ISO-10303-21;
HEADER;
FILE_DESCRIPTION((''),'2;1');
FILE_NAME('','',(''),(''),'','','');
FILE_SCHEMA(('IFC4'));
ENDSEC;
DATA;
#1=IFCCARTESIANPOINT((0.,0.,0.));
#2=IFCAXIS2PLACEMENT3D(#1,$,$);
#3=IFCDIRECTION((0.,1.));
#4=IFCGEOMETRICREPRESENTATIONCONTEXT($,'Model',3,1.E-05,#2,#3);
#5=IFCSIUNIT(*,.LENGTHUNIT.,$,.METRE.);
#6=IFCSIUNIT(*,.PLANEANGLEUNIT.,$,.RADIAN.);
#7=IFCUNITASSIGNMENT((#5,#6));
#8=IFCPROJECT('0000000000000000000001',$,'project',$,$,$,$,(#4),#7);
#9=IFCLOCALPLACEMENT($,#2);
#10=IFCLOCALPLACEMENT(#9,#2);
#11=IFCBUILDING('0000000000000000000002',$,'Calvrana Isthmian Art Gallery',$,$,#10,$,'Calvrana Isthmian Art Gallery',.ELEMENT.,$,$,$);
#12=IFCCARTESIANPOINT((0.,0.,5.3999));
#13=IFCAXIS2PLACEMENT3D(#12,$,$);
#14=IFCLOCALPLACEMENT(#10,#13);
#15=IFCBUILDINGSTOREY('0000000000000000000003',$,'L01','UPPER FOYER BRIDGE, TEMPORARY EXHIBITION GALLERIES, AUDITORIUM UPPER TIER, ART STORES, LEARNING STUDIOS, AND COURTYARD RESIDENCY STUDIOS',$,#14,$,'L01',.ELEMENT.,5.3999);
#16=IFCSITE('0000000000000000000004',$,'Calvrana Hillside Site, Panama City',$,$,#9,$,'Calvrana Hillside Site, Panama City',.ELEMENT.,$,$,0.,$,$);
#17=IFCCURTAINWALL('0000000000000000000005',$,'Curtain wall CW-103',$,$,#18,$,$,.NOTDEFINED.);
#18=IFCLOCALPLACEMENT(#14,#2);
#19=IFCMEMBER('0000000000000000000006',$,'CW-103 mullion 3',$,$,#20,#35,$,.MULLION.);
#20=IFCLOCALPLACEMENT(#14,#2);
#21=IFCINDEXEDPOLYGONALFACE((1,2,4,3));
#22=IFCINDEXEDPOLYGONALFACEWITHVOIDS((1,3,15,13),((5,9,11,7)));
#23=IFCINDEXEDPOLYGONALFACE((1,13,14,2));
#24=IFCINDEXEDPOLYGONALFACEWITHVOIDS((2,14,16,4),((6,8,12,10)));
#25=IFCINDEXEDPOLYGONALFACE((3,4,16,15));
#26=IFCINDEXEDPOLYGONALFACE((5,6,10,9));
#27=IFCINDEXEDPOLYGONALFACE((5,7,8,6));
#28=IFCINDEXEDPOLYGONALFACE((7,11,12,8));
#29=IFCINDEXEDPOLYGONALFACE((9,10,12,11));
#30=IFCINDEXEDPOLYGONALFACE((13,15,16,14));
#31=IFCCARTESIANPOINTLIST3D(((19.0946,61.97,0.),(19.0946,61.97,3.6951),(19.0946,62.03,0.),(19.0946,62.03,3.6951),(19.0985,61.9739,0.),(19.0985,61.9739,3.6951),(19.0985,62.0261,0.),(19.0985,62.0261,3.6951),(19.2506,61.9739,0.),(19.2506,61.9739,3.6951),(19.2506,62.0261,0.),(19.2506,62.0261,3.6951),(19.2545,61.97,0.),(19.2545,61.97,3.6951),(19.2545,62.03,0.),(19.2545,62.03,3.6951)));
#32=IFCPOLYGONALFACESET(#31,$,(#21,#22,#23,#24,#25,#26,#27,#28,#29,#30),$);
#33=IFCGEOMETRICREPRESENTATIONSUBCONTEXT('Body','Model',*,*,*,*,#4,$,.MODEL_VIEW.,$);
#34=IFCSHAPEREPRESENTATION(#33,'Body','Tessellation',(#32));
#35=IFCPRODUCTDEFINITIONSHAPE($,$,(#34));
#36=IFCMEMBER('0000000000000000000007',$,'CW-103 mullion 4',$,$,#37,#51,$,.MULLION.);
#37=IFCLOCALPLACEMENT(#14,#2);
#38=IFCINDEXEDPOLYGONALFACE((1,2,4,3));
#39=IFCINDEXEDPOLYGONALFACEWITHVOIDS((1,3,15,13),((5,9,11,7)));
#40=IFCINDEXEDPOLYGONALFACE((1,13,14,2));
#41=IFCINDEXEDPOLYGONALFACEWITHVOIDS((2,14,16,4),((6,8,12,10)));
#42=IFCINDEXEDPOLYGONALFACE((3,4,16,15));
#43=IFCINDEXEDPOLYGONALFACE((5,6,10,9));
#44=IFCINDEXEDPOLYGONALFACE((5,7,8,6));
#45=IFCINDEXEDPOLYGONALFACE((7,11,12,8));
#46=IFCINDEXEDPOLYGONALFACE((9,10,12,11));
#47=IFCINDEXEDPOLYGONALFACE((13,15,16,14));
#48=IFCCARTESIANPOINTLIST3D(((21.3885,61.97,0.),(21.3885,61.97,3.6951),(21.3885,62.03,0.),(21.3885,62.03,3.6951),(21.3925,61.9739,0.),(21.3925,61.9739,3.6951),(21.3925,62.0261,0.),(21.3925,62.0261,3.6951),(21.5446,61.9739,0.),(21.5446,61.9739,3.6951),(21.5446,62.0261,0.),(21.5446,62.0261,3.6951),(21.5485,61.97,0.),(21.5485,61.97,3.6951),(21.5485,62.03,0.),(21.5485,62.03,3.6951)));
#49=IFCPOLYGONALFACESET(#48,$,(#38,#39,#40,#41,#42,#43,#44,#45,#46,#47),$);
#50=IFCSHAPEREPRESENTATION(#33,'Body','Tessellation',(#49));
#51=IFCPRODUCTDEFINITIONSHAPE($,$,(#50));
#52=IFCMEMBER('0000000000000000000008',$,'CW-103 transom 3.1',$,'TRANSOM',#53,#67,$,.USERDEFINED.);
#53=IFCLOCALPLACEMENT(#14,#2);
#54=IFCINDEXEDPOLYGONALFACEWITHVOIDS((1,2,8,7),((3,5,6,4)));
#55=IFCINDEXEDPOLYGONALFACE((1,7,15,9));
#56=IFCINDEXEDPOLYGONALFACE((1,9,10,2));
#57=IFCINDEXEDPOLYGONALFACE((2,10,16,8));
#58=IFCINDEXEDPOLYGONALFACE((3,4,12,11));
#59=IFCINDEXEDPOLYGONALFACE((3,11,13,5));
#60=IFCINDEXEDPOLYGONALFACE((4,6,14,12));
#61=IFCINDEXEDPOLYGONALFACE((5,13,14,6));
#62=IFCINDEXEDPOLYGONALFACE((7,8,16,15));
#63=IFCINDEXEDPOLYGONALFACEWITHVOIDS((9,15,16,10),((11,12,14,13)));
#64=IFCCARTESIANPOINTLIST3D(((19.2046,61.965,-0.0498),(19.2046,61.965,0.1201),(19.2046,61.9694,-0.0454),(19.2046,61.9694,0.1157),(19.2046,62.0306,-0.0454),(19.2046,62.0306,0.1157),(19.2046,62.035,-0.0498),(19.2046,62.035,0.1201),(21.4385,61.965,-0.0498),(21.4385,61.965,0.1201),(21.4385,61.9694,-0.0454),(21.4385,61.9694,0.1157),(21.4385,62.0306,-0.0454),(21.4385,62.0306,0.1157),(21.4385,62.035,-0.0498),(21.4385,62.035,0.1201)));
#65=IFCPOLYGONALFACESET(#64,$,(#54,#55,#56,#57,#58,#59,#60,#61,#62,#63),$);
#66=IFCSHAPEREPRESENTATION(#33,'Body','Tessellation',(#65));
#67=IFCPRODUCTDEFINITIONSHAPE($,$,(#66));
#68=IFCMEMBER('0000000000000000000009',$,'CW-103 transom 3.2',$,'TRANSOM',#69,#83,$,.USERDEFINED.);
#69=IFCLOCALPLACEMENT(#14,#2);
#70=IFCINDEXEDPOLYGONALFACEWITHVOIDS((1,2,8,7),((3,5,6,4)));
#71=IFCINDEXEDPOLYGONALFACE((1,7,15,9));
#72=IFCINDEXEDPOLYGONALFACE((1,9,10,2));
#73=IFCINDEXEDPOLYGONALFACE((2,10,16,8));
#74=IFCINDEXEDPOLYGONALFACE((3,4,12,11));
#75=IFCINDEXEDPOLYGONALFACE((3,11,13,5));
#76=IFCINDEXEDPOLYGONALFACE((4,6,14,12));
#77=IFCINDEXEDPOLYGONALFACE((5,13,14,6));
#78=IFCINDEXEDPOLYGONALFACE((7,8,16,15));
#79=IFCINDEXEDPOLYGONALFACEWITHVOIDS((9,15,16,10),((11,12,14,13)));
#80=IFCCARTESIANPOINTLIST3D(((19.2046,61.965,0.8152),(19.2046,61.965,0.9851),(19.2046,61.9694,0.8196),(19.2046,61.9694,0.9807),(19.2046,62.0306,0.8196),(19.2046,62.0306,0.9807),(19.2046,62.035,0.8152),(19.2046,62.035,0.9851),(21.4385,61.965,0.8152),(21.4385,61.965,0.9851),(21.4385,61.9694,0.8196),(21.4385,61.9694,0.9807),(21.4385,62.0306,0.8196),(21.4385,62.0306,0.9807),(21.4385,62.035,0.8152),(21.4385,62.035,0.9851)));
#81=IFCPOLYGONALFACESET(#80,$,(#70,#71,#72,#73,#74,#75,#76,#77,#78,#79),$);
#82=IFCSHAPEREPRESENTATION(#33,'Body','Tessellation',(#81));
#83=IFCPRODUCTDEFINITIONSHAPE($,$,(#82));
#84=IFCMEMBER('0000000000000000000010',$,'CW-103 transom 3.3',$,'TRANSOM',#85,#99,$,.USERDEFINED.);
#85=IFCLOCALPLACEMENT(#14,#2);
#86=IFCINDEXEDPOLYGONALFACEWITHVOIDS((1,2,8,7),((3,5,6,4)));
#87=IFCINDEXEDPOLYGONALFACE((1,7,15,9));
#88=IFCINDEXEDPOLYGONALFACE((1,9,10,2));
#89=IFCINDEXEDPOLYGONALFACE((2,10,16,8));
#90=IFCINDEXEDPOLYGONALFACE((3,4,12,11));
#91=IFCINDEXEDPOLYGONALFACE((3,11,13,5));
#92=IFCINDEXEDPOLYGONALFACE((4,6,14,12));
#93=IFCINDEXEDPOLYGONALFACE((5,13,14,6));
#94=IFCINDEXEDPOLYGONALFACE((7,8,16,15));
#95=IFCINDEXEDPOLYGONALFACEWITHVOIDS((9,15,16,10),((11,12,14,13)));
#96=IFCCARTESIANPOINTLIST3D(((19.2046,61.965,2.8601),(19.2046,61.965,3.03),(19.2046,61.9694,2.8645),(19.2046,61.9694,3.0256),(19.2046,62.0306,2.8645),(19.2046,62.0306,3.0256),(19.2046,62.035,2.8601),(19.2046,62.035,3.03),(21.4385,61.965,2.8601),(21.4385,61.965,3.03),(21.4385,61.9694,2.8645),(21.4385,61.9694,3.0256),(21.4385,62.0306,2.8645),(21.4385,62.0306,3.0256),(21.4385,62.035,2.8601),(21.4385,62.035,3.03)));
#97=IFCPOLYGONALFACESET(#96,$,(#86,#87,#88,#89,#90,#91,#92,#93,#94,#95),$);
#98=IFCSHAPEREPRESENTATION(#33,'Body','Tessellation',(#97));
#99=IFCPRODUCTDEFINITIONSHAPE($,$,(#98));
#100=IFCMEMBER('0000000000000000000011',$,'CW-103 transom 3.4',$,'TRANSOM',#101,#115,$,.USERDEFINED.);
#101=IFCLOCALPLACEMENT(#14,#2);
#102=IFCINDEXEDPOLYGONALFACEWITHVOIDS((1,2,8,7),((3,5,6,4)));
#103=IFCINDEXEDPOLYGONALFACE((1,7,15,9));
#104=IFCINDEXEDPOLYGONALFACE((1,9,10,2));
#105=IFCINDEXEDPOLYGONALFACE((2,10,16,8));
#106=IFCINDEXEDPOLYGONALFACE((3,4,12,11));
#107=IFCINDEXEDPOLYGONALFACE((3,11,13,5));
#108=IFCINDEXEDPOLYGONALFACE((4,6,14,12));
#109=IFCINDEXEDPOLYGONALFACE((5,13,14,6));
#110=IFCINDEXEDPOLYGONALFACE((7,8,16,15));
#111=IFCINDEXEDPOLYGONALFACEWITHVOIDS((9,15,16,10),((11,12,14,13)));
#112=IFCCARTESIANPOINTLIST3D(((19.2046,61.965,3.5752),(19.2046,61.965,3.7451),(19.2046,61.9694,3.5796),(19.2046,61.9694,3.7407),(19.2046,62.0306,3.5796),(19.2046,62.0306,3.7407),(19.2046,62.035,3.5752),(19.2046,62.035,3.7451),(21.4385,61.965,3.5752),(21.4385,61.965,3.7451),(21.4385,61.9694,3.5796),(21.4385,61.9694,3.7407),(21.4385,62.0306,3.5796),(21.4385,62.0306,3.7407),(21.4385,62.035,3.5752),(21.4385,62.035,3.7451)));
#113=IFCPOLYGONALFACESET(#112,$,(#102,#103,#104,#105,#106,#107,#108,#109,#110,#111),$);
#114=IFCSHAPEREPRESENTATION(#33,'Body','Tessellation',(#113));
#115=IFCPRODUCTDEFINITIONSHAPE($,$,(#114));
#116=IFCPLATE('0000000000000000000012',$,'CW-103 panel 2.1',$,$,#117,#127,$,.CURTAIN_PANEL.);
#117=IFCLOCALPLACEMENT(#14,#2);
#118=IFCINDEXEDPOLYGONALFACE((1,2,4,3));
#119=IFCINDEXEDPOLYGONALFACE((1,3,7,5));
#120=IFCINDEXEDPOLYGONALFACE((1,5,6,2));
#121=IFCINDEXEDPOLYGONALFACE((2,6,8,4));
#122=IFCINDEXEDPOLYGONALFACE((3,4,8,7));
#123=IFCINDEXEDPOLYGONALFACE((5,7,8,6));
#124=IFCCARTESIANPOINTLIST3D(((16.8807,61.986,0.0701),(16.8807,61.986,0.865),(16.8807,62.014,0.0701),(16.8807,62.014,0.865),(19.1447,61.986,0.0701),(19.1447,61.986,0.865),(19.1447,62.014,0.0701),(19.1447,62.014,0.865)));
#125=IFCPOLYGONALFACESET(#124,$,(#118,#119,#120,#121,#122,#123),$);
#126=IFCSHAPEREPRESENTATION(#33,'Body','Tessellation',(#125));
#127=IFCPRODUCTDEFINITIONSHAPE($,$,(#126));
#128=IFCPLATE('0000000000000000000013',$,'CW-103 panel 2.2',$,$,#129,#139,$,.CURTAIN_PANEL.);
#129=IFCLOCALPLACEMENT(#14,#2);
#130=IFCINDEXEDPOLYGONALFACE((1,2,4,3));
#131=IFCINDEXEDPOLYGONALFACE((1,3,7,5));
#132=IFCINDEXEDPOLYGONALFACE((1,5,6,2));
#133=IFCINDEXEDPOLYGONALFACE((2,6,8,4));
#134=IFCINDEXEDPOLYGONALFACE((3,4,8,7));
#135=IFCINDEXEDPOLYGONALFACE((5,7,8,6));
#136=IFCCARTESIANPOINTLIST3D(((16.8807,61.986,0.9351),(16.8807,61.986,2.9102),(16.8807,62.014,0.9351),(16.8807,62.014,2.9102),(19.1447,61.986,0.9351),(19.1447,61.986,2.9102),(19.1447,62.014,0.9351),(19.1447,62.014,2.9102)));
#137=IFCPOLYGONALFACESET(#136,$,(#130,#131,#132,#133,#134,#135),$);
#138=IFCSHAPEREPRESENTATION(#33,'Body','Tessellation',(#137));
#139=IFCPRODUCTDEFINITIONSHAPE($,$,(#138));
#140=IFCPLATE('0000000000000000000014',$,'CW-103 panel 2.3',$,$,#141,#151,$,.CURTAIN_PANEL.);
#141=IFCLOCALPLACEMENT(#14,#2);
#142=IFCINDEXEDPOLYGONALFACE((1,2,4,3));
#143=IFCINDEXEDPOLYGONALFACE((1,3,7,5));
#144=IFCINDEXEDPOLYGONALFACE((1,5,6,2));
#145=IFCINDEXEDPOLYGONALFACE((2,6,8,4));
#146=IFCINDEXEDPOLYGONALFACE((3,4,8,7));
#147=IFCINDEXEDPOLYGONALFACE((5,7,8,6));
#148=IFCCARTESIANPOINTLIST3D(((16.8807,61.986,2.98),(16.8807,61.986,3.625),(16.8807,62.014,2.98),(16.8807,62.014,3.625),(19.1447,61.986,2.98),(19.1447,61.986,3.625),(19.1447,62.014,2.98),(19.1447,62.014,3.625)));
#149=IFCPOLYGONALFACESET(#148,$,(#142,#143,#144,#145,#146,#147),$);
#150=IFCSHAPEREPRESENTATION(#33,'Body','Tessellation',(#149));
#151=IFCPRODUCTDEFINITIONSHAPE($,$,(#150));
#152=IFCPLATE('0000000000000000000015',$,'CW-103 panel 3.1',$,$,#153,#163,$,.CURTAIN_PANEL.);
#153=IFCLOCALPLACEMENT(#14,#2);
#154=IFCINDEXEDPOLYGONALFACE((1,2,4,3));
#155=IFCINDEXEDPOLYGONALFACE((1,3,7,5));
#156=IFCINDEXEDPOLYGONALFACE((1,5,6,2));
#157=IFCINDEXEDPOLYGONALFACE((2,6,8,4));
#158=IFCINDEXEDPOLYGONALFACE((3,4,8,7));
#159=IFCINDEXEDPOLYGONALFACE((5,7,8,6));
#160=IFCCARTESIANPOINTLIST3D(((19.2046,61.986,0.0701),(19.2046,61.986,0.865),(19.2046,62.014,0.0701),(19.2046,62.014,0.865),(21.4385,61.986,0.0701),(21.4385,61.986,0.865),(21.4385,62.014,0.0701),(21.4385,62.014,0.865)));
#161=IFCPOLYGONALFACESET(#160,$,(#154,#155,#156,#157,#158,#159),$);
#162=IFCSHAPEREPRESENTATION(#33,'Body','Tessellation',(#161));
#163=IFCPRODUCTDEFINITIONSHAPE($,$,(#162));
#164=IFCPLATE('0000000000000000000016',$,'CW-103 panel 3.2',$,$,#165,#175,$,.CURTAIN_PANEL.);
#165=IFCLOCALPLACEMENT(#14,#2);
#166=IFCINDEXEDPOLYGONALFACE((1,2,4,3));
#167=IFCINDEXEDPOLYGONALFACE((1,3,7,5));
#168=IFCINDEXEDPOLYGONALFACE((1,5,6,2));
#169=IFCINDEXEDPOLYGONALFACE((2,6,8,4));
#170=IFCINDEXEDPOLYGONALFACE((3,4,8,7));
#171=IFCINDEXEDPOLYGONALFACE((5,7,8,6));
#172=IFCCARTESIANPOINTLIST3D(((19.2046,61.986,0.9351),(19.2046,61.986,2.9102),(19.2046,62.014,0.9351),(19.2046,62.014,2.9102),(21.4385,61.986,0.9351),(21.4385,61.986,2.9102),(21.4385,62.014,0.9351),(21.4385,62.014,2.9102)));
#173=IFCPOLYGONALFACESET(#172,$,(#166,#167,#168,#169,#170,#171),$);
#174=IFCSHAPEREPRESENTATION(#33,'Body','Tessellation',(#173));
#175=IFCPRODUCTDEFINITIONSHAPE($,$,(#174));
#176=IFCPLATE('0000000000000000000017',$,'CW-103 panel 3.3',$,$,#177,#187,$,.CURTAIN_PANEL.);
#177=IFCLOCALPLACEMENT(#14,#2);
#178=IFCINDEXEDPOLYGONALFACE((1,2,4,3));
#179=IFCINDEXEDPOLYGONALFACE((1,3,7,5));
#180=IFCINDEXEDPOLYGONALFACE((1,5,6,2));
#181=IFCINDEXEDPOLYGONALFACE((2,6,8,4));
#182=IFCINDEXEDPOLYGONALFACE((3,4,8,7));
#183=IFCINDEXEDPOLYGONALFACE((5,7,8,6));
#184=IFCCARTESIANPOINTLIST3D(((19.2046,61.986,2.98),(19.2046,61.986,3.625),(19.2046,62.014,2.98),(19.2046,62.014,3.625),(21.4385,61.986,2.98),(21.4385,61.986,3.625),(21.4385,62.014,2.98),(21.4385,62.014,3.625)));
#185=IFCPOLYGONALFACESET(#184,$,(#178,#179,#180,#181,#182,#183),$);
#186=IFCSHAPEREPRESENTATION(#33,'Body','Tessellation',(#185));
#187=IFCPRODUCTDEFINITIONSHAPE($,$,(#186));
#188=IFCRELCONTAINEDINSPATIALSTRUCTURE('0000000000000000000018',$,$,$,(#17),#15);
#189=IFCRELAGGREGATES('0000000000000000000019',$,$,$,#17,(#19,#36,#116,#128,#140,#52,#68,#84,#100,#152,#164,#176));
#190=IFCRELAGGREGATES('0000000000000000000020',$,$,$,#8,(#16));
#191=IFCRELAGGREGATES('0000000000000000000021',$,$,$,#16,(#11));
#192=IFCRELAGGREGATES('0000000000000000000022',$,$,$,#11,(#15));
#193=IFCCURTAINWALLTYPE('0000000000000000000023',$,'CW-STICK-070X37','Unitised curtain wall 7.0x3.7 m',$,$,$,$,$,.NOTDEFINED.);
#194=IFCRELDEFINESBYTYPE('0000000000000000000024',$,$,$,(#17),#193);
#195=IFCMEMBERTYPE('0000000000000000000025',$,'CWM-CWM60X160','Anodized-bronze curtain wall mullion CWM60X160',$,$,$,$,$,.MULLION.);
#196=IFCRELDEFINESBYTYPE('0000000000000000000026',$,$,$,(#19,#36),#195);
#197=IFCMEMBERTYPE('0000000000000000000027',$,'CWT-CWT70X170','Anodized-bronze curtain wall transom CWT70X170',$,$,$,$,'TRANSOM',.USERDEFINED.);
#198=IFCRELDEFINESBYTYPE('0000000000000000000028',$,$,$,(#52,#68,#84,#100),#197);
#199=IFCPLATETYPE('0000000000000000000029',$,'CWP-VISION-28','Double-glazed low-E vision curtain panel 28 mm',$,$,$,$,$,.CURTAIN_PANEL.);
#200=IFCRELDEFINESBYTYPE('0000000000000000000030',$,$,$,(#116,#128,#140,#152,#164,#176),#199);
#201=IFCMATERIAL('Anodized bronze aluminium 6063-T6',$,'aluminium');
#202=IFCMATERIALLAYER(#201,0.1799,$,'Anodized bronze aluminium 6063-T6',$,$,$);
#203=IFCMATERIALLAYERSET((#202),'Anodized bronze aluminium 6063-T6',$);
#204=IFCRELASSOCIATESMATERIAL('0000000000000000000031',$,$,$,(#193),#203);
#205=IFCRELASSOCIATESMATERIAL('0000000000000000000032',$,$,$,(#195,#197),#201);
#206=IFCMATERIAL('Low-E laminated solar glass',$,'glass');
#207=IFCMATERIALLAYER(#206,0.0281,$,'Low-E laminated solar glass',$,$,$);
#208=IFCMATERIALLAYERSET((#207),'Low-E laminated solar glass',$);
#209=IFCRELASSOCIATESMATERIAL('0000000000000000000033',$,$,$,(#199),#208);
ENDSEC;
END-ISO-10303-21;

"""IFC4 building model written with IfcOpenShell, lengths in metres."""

from ifc_helpers import new_model, si_unit, direction, frame, origin, origin_2d, place, context, subcontext, project, spatial, rectangle, hollow_rectangle, extrude, material, layer, layer_set, material_profile, profile_set, type_object, element, aggregate, save


model = new_model("IFC4")

# Units and contexts
model_context = context("Model", 3, precision=1e-05, world=origin(), true_north=direction((0.0, 1.0)))
body_context = subcontext(model_context, "Body", "Model", "MODEL_VIEW")
ifc_project = project(units=[si_unit("LENGTHUNIT", "METRE"), si_unit("PLANEANGLEUNIT", "RADIAN")], contexts=[model_context])

# Site, building, storey
site_placement = place(None, origin())
site = spatial("IfcSite", under=ifc_project, at=site_placement, Name="Calvrana Hillside Site, Panama City", LongName="Calvrana Hillside Site, Panama City", CompositionType="ELEMENT", RefElevation=0.0)
building_placement = place(site_placement, origin())
building = spatial("IfcBuilding", under=site, at=building_placement, Name="Calvrana Isthmian Art Gallery", LongName="Calvrana Isthmian Art Gallery", CompositionType="ELEMENT")
storey_placement = place(building_placement, frame((0.0, 0.0, 5.3999)))
storey = spatial("IfcBuildingStorey", under=building, at=storey_placement, Name="L01", Description="UPPER FOYER BRIDGE, TEMPORARY EXHIBITION GALLERIES, AUDITORIUM UPPER TIER, ART STORES, LEARNING STUDIOS, AND COURTYARD RESIDENCY STUDIOS", LongName="L01", CompositionType="ELEMENT", Elevation=5.3999)

# Curtain wall, members, plates
ifc_material_1 = material(Name="Anodized bronze aluminium 6063-T6", Category="aluminium")
ifc_layer_1 = layer(ifc_material_1, 0.1799, Name="Anodized bronze aluminium 6063-T6")
ifc_layer_set_1 = layer_set([ifc_layer_1], Name="Anodized bronze aluminium 6063-T6")
curtain_wall_type = type_object("IfcCurtainWallType", Name="CW-STICK-070X37", Description="Unitised curtain wall 7.0x3.7 m", PredefinedType="NOTDEFINED", material=ifc_layer_set_1)
curtain_wall_placement = place(storey_placement, origin())
curtain_wall = element("IfcCurtainWall", 1, at=curtain_wall_placement, inside=storey, type_object=curtain_wall_type, Name="Curtain wall CW-103", PredefinedType="NOTDEFINED")
ifc_material_profile_1 = material_profile(ifc_material_1, hollow_rectangle(XDim=0.0601, YDim=0.1599, WallThickness=0.0039, at=origin_2d()), Name="CWM60X160")
ifc_profile_set_1 = profile_set([ifc_material_profile_1], Name="Anodized bronze aluminium 6063-T6")
member_type_1 = type_object("IfcMemberType", Name="CWM-CWM60X160", Description="Anodized-bronze curtain wall mullion CWM60X160", PredefinedType="MULLION", material=ifc_profile_set_1)
member_1_placement = place(storey_placement, frame((19.1746, 62.0, 0.0), z_axis=(0.0, 0.0, 1.0), x_axis=(0.0, 1.0, 0.0)))
member_1 = element("IfcMember", 2, at=member_1_placement, type_object=member_type_1, Name="CW-103 mullion 3", PredefinedType="MULLION", context=body_context, shape_type="SweptSolid", body=[
    extrude(hollow_rectangle(XDim=0.0601, YDim=0.1599, WallThickness=0.0039, at=origin_2d()), origin(), (0.0, 0.0, 1.0), 3.6951),
])
member_2_placement = place(storey_placement, frame((21.4685, 62.0, 0.0), z_axis=(0.0, 0.0, 1.0), x_axis=(0.0, 1.0, 0.0)))
member_2 = element("IfcMember", 3, at=member_2_placement, type_object=member_type_1, Name="CW-103 mullion 4", PredefinedType="MULLION", context=body_context, shape_type="SweptSolid", body=[
    extrude(hollow_rectangle(XDim=0.0601, YDim=0.1599, WallThickness=0.0039, at=origin_2d()), origin(), (0.0, 0.0, 1.0), 3.6951),
])
ifc_material_profile_2 = material_profile(ifc_material_1, hollow_rectangle(XDim=0.0701, YDim=0.1699, WallThickness=0.0044, at=origin_2d()), Name="CWT70X170")
ifc_profile_set_2 = profile_set([ifc_material_profile_2], Name="Anodized bronze aluminium 6063-T6")
member_type_2 = type_object("IfcMemberType", Name="CWT-CWT70X170", Description="Anodized-bronze curtain wall transom CWT70X170", ElementType="TRANSOM", PredefinedType="USERDEFINED", material=ifc_profile_set_2)
member_3_placement = place(storey_placement, frame((19.2046, 62.0, 0.0352), z_axis=(1.0, 0.0, 0.0), x_axis=(0.0, 1.0, 0.0)))
member_3 = element("IfcMember", 4, at=member_3_placement, type_object=member_type_2, Name="CW-103 transom 3.1", ObjectType="TRANSOM", PredefinedType="USERDEFINED", context=body_context, shape_type="SweptSolid", body=[
    extrude(hollow_rectangle(XDim=0.0701, YDim=0.1699, WallThickness=0.0044, at=origin_2d()), origin(), (0.0, 0.0, 1.0), 2.2339),
])
member_4_placement = place(storey_placement, frame((19.2046, 62.0, 0.9001), z_axis=(1.0, 0.0, 0.0), x_axis=(0.0, 1.0, 0.0)))
member_4 = element("IfcMember", 5, at=member_4_placement, type_object=member_type_2, Name="CW-103 transom 3.2", ObjectType="TRANSOM", PredefinedType="USERDEFINED", context=body_context, shape_type="SweptSolid", body=[
    extrude(hollow_rectangle(XDim=0.0701, YDim=0.1699, WallThickness=0.0044, at=origin_2d()), origin(), (0.0, 0.0, 1.0), 2.2339),
])
member_5_placement = place(storey_placement, frame((19.2046, 62.0, 2.9451), z_axis=(1.0, 0.0, 0.0), x_axis=(0.0, 1.0, 0.0)))
member_5 = element("IfcMember", 6, at=member_5_placement, type_object=member_type_2, Name="CW-103 transom 3.3", ObjectType="TRANSOM", PredefinedType="USERDEFINED", context=body_context, shape_type="SweptSolid", body=[
    extrude(hollow_rectangle(XDim=0.0701, YDim=0.1699, WallThickness=0.0044, at=origin_2d()), origin(), (0.0, 0.0, 1.0), 2.2339),
])
member_6_placement = place(storey_placement, frame((19.2046, 62.0, 3.6602), z_axis=(1.0, 0.0, 0.0), x_axis=(0.0, 1.0, 0.0)))
member_6 = element("IfcMember", 7, at=member_6_placement, type_object=member_type_2, Name="CW-103 transom 3.4", ObjectType="TRANSOM", PredefinedType="USERDEFINED", context=body_context, shape_type="SweptSolid", body=[
    extrude(hollow_rectangle(XDim=0.0701, YDim=0.1699, WallThickness=0.0044, at=origin_2d()), origin(), (0.0, 0.0, 1.0), 2.2339),
])
ifc_material_2 = material(Name="Low-E laminated solar glass", Category="glass")
ifc_layer_2 = layer(ifc_material_2, 0.0281, Name="Low-E laminated solar glass")
ifc_layer_set_2 = layer_set([ifc_layer_2], Name="Low-E laminated solar glass")
plate_type_1 = type_object("IfcPlateType", Name="CWP-VISION-28", Description="Double-glazed low-E vision curtain panel 28 mm", PredefinedType="CURTAIN_PANEL", material=ifc_layer_set_2)
plate_1_placement = place(storey_placement, frame((18.0127, 62.0, 0.0701), z_axis=(0.0, 0.0, 1.0), x_axis=(1.0, 0.0, 0.0)))
plate_1 = element("IfcPlate", 8, at=plate_1_placement, type_object=plate_type_1, Name="CW-103 panel 2.1", PredefinedType="CURTAIN_PANEL", context=body_context, shape_type="SweptSolid", body=[
    extrude(rectangle(XDim=2.2639, YDim=0.0281, at=origin_2d()), origin(), (0.0, 0.0, 1.0), 0.7949),
])
plate_2_placement = place(storey_placement, frame((18.0127, 62.0, 0.9351), z_axis=(0.0, 0.0, 1.0), x_axis=(1.0, 0.0, 0.0)))
plate_2 = element("IfcPlate", 9, at=plate_2_placement, type_object=plate_type_1, Name="CW-103 panel 2.2", PredefinedType="CURTAIN_PANEL", context=body_context, shape_type="SweptSolid", body=[
    extrude(rectangle(XDim=2.2639, YDim=0.0281, at=origin_2d()), origin(), (0.0, 0.0, 1.0), 1.9751),
])
plate_3_placement = place(storey_placement, frame((18.0127, 62.0, 2.98), z_axis=(0.0, 0.0, 1.0), x_axis=(1.0, 0.0, 0.0)))
plate_3 = element("IfcPlate", 10, at=plate_3_placement, type_object=plate_type_1, Name="CW-103 panel 2.3", PredefinedType="CURTAIN_PANEL", context=body_context, shape_type="SweptSolid", body=[
    extrude(rectangle(XDim=2.2639, YDim=0.0281, at=origin_2d()), origin(), (0.0, 0.0, 1.0), 0.645),
])
plate_4_placement = place(storey_placement, frame((20.3215, 62.0, 0.0701), z_axis=(0.0, 0.0, 1.0), x_axis=(1.0, 0.0, 0.0)))
plate_4 = element("IfcPlate", 11, at=plate_4_placement, type_object=plate_type_1, Name="CW-103 panel 3.1", PredefinedType="CURTAIN_PANEL", context=body_context, shape_type="SweptSolid", body=[
    extrude(rectangle(XDim=2.2339, YDim=0.0281, at=origin_2d()), origin(), (0.0, 0.0, 1.0), 0.7949),
])
plate_5_placement = place(storey_placement, frame((20.3215, 62.0, 0.9351), z_axis=(0.0, 0.0, 1.0), x_axis=(1.0, 0.0, 0.0)))
plate_5 = element("IfcPlate", 12, at=plate_5_placement, type_object=plate_type_1, Name="CW-103 panel 3.2", PredefinedType="CURTAIN_PANEL", context=body_context, shape_type="SweptSolid", body=[
    extrude(rectangle(XDim=2.2339, YDim=0.0281, at=origin_2d()), origin(), (0.0, 0.0, 1.0), 1.9751),
])
plate_6_placement = place(storey_placement, frame((20.3215, 62.0, 2.98), z_axis=(0.0, 0.0, 1.0), x_axis=(1.0, 0.0, 0.0)))
plate_6 = element("IfcPlate", 13, at=plate_6_placement, type_object=plate_type_1, Name="CW-103 panel 3.3", PredefinedType="CURTAIN_PANEL", context=body_context, shape_type="SweptSolid", body=[
    extrude(rectangle(XDim=2.2339, YDim=0.0281, at=origin_2d()), origin(), (0.0, 0.0, 1.0), 0.645),
])
aggregate(curtain_wall, [member_1, member_2, plate_1, plate_2, plate_3, member_3, member_4, member_5, member_6, plate_4, plate_5, plate_6])

save(model, "model.ifc")
